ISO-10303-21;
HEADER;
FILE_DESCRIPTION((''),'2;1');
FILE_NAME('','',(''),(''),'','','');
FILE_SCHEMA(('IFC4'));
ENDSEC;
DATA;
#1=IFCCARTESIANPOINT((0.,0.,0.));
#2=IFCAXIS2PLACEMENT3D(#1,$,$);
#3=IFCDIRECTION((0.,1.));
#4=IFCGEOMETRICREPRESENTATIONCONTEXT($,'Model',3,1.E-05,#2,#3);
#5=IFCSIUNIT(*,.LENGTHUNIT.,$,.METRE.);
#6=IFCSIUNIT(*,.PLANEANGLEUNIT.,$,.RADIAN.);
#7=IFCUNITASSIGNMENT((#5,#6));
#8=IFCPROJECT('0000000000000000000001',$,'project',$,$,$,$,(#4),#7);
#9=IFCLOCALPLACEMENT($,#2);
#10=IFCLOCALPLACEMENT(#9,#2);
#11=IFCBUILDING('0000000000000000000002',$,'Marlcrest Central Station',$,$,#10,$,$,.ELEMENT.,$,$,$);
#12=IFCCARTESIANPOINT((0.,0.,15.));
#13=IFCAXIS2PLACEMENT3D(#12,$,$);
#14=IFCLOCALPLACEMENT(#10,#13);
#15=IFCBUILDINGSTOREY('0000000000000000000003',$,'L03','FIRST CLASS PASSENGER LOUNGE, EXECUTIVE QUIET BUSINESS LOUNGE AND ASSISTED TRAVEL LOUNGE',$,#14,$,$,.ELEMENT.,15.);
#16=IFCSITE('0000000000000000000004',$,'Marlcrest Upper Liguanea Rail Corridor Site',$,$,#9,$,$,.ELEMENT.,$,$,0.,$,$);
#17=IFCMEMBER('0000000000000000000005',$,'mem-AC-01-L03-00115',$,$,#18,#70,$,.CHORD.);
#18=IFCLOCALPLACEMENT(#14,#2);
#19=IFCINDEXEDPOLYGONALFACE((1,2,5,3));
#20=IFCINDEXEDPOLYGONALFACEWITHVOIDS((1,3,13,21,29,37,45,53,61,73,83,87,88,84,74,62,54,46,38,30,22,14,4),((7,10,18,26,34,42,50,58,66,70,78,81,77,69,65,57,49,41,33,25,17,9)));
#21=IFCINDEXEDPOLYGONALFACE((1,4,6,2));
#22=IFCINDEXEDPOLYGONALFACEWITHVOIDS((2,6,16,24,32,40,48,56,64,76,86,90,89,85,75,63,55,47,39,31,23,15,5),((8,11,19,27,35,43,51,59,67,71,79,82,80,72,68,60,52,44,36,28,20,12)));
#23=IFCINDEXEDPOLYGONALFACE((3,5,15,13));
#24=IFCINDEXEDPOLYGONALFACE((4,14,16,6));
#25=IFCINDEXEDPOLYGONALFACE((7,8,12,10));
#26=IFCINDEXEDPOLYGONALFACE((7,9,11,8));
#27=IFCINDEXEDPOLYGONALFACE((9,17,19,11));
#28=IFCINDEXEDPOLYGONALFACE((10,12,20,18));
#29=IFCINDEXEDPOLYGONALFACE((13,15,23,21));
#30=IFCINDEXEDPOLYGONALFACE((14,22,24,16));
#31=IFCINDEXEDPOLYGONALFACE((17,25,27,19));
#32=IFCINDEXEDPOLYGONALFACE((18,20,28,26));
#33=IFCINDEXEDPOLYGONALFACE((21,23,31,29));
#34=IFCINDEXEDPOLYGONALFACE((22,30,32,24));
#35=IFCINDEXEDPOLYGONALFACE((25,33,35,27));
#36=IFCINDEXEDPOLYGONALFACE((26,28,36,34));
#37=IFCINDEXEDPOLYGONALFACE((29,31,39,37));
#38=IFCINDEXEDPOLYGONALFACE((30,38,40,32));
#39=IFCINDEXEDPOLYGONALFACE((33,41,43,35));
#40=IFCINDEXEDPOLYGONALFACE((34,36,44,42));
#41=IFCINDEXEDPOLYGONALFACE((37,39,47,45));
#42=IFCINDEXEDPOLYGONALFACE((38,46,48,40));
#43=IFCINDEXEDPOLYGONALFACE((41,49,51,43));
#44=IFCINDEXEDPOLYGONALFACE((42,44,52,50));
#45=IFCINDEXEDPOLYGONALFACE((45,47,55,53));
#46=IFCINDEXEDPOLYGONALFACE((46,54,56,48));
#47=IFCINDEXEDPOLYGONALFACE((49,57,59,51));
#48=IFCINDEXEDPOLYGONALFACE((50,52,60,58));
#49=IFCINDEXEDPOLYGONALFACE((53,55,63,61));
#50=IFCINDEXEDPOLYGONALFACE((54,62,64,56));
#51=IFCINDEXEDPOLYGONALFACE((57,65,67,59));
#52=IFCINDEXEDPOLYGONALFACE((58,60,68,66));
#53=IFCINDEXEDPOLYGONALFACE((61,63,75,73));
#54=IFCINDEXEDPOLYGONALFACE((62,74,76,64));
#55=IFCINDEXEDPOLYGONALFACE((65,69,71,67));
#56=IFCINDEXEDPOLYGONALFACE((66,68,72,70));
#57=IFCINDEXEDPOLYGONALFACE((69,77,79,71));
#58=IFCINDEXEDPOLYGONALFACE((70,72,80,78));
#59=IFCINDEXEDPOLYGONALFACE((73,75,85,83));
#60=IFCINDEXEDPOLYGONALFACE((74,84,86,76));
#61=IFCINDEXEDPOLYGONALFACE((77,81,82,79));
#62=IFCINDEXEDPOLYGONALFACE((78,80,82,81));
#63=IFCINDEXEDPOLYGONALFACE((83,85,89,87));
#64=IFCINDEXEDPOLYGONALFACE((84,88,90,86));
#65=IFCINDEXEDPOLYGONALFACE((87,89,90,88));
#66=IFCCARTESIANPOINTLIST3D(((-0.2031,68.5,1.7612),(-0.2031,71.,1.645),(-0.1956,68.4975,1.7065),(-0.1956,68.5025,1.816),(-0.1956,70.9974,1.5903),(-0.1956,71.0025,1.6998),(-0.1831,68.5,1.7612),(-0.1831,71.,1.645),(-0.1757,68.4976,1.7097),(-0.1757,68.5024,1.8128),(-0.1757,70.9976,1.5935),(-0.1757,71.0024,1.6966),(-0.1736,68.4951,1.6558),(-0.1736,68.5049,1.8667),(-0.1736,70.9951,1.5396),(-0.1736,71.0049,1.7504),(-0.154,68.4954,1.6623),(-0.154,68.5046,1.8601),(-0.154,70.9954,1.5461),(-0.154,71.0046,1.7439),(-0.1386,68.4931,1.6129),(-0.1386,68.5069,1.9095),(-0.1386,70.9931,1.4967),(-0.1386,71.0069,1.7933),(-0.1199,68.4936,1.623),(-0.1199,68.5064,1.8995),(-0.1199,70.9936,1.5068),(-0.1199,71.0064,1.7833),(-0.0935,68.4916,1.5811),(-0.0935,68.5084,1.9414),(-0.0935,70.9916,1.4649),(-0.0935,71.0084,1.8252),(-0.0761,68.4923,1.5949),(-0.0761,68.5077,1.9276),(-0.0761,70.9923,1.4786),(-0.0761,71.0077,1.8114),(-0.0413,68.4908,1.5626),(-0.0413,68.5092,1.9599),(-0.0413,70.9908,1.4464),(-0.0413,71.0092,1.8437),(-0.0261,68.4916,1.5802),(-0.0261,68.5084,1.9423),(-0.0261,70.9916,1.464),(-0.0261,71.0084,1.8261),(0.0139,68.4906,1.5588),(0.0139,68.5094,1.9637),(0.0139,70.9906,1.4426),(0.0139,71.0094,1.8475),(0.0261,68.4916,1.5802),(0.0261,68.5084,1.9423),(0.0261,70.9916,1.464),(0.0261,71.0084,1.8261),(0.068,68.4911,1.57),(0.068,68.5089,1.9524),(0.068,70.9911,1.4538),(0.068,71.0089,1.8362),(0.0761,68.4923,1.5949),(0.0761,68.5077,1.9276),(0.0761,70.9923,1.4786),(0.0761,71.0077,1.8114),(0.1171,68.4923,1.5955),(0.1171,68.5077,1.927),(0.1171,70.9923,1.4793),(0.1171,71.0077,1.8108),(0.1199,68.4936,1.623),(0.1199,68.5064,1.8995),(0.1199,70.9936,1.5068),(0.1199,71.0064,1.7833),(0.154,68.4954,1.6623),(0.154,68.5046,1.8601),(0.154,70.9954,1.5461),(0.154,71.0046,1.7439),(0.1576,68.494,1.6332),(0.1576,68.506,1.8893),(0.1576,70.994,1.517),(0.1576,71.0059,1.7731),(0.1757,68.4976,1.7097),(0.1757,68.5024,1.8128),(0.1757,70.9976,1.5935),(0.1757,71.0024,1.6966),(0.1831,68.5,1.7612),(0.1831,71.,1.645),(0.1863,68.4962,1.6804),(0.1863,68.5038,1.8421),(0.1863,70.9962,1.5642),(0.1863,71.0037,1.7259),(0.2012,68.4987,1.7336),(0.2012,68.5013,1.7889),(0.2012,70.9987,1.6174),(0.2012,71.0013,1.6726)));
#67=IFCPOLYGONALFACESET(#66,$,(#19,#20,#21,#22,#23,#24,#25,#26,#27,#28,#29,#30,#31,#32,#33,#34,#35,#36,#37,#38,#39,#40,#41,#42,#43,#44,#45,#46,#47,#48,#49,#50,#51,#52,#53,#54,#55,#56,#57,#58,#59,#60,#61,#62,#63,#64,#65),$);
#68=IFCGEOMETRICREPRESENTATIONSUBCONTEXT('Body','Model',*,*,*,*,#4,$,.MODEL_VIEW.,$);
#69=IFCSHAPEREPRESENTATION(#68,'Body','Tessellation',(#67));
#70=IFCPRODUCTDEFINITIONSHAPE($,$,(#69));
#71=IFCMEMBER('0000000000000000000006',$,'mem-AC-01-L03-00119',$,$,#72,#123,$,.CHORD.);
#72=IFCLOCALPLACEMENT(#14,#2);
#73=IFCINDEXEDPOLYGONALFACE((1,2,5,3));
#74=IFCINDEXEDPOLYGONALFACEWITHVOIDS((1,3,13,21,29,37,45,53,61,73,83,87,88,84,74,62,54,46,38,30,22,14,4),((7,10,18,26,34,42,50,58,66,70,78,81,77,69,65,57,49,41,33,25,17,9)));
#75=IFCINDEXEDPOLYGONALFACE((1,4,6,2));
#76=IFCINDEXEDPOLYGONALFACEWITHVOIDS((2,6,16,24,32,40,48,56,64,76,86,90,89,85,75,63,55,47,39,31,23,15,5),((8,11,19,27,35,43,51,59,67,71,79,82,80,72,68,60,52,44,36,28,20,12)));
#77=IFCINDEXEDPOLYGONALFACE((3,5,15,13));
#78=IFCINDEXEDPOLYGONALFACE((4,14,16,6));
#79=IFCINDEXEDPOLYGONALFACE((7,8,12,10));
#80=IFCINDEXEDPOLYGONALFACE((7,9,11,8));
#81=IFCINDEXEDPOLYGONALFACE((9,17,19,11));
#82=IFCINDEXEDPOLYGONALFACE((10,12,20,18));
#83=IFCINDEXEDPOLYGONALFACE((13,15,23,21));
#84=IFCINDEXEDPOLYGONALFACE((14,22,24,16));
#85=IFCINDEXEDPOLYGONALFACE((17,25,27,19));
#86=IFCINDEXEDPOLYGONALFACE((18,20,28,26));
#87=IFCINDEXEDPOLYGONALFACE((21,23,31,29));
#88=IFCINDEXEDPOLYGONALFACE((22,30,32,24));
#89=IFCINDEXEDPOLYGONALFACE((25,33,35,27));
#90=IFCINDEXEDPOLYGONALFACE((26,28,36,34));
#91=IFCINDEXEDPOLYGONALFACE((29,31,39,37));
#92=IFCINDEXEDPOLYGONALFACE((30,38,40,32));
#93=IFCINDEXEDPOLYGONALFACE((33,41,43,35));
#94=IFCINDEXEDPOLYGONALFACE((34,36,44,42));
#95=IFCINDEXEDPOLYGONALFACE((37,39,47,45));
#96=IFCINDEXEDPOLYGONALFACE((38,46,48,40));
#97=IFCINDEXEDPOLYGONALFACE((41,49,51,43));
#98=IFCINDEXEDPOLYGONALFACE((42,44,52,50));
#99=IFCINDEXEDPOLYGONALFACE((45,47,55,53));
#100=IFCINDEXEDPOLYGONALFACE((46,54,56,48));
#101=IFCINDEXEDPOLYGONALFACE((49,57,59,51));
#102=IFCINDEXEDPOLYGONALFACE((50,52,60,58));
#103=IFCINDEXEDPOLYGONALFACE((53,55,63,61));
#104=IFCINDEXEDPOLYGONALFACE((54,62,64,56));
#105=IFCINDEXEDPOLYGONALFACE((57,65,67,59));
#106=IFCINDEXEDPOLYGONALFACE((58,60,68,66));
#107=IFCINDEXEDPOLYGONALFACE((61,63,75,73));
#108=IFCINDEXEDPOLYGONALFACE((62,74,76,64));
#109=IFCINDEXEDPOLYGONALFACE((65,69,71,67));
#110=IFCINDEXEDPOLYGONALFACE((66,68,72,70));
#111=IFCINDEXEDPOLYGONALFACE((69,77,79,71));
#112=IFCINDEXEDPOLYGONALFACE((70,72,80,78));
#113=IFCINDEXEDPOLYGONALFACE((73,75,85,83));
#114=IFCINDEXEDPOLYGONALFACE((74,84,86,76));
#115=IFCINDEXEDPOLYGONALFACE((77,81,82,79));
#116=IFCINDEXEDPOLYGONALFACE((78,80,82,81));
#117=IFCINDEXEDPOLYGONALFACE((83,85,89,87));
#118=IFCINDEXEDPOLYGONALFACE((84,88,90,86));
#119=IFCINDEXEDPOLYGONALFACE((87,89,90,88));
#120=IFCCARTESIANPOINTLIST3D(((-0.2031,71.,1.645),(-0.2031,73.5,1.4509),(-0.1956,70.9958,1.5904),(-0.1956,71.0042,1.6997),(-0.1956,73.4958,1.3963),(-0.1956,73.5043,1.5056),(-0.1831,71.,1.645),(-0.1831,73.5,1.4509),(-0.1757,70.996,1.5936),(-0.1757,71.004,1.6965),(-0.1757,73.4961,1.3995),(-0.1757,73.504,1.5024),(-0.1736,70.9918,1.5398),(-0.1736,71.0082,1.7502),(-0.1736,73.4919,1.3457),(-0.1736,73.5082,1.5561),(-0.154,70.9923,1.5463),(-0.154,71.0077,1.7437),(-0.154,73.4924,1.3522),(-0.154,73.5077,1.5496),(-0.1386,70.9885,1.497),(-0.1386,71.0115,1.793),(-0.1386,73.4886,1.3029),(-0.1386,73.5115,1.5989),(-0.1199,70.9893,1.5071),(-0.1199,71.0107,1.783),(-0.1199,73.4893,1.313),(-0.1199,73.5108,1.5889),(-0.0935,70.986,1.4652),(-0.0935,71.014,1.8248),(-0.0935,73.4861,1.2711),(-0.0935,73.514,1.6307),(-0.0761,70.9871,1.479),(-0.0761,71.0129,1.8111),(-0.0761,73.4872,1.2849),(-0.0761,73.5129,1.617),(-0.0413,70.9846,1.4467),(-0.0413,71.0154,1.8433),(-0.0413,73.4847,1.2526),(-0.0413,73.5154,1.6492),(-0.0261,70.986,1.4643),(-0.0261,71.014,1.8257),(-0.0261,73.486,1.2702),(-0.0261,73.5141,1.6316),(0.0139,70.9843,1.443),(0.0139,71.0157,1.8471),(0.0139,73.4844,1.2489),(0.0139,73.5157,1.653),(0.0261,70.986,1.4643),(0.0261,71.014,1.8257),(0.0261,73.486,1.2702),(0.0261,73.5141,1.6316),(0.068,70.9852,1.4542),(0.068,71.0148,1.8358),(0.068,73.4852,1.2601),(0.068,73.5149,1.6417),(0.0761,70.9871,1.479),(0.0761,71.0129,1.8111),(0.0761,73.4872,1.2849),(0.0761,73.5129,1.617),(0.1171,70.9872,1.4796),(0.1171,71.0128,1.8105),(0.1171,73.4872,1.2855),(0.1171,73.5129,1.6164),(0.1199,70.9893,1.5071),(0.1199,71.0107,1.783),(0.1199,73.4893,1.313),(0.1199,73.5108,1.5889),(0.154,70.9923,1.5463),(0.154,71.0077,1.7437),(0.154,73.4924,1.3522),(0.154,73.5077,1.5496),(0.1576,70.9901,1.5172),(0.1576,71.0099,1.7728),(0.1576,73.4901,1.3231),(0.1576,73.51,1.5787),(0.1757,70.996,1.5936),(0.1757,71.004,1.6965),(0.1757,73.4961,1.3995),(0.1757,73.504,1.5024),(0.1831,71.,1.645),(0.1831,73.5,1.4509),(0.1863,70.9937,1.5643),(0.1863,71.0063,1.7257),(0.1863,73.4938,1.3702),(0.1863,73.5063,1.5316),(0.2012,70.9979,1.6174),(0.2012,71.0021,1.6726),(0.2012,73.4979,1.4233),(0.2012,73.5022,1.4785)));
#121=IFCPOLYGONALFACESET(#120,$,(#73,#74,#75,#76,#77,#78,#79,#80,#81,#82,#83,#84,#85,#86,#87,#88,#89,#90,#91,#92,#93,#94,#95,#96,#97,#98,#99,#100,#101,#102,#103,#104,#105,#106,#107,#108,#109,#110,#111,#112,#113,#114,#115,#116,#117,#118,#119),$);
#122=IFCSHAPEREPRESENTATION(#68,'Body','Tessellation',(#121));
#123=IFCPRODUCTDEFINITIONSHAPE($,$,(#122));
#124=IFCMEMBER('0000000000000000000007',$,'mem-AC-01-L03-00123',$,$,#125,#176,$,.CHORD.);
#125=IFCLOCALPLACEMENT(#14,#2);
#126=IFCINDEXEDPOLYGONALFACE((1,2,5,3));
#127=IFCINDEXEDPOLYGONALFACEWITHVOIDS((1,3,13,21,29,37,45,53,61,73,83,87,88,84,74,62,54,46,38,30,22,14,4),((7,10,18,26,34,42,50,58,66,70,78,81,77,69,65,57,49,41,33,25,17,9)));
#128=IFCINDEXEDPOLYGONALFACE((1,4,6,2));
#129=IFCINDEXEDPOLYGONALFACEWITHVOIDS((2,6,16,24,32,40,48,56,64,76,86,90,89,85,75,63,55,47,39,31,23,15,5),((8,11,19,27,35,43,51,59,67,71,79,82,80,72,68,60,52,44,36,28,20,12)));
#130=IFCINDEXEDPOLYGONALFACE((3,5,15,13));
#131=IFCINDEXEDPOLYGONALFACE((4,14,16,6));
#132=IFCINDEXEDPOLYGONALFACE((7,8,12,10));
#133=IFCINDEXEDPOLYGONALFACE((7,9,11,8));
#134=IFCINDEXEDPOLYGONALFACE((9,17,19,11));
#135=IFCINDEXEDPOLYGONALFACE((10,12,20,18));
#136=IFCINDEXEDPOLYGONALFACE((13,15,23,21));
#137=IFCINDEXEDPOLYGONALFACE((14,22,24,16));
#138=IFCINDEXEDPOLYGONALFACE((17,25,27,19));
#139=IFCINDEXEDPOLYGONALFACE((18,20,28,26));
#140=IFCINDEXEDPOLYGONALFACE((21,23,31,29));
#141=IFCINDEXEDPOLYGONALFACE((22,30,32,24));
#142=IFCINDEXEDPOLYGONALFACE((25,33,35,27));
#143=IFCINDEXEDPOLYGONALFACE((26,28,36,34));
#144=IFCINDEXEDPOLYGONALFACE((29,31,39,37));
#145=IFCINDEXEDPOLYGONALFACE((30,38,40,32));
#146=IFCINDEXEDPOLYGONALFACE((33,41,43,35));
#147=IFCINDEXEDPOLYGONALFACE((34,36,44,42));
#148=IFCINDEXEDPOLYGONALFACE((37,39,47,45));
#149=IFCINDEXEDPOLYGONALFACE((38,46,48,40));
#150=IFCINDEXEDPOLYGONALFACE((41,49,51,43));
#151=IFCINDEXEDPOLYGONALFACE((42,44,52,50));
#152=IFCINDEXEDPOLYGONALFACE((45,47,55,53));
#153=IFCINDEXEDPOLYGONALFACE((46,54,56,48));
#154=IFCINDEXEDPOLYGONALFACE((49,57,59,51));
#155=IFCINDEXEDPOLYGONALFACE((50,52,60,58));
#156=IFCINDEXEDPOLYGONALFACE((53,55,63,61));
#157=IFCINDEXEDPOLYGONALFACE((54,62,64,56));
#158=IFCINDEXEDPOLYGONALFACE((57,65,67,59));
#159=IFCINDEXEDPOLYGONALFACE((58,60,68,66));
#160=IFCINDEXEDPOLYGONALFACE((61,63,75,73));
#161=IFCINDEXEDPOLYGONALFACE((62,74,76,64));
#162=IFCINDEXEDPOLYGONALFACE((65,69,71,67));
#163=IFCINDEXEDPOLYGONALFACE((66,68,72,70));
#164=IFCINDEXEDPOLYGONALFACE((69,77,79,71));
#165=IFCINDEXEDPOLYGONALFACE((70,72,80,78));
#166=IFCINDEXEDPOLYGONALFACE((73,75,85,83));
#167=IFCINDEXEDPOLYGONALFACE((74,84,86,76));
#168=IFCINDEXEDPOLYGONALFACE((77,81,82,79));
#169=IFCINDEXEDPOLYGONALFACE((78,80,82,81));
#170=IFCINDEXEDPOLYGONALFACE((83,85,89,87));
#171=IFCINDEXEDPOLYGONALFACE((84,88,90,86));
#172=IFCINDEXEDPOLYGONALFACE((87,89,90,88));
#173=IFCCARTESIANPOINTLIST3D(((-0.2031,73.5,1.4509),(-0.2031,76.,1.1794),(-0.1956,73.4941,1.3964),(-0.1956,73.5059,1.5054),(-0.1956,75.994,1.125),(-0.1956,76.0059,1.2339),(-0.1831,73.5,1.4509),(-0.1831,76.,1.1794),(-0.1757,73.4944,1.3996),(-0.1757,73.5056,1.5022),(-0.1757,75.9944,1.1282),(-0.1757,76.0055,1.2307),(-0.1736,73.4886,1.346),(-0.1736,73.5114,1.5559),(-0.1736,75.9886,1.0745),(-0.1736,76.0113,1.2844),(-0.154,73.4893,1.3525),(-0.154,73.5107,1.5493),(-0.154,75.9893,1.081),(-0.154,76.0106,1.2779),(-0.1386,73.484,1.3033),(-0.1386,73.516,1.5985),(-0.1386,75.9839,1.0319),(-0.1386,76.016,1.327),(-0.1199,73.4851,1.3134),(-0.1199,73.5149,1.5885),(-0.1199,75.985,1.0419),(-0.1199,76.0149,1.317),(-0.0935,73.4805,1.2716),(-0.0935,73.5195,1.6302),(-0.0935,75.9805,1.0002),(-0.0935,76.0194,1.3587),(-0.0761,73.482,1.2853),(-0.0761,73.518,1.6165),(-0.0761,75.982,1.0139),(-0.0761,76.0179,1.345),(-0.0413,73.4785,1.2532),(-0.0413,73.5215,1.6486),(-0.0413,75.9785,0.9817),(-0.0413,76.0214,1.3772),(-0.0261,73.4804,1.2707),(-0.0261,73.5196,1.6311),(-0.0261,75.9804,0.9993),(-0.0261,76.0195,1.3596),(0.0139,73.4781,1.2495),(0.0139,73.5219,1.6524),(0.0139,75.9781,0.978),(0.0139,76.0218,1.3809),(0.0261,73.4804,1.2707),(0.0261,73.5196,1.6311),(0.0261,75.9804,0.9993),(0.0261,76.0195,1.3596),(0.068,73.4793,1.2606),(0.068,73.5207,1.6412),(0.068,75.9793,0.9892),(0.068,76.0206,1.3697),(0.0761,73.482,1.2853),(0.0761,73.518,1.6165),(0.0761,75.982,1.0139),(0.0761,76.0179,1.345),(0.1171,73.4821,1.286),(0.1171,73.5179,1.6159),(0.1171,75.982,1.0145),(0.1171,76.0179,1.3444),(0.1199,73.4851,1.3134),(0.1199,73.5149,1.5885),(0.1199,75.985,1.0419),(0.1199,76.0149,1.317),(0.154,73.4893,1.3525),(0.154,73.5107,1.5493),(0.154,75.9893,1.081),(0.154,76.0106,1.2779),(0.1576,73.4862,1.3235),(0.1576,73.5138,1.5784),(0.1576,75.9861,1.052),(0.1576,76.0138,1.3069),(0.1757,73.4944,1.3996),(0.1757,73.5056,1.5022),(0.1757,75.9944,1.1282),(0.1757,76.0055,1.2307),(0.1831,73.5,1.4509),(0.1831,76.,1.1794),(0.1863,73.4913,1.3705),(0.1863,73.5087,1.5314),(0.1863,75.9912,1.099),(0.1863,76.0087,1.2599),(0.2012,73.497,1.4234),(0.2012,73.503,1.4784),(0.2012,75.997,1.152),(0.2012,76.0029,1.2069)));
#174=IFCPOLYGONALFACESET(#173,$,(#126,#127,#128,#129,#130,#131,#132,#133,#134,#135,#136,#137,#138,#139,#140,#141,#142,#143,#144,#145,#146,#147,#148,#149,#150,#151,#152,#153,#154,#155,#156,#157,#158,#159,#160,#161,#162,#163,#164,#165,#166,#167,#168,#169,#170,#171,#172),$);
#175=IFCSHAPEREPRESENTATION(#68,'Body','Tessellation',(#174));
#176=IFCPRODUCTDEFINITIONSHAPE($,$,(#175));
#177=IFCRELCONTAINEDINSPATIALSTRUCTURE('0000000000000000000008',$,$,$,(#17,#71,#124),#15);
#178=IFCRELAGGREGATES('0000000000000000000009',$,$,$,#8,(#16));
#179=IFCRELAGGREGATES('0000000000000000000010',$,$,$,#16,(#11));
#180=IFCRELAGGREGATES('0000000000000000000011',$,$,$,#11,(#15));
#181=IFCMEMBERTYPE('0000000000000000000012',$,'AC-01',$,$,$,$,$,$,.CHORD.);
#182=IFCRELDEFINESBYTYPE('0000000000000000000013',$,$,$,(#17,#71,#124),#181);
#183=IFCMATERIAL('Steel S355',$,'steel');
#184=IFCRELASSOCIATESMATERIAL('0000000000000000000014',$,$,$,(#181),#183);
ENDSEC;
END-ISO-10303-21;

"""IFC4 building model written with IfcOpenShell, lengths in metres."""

from ifc_helpers import new_model, si_unit, direction, frame, origin, origin_2d, place, context, subcontext, project, spatial, hollow_circle, extrude, material, material_profile, profile_set, type_object, element, save


model = new_model("IFC4")

# Units and contexts
model_context = context("Model", 3, precision=1e-05, world=origin(), true_north=direction((0.0, 1.0)))
body_context = subcontext(model_context, "Body", "Model", "MODEL_VIEW")
ifc_project = project(units=[si_unit("LENGTHUNIT", "METRE"), si_unit("PLANEANGLEUNIT", "RADIAN")], contexts=[model_context])

# Site, building, storey
site_placement = place(None, origin())
site = spatial("IfcSite", under=ifc_project, at=site_placement, Name="Marlcrest Upper Liguanea Rail Corridor Site", CompositionType="ELEMENT", RefElevation=0.0)
building_placement = place(site_placement, origin())
building = spatial("IfcBuilding", under=site, at=building_placement, Name="Marlcrest Central Station", CompositionType="ELEMENT")
storey_placement = place(building_placement, frame((0.0, 0.0, 15.0)))
storey = spatial("IfcBuildingStorey", under=building, at=storey_placement, Name="L03", Description="FIRST CLASS PASSENGER LOUNGE, EXECUTIVE QUIET BUSINESS LOUNGE AND ASSISTED TRAVEL LOUNGE", CompositionType="ELEMENT", Elevation=15.0)

# Members
ifc_material_1 = material(Name="Steel S355", Category="steel")
ifc_material_profile_1 = material_profile(ifc_material_1, hollow_circle(Radius=0.2031, WallThickness=0.02, at=origin_2d()), Name="CHS 406.4x20")
ifc_profile_set_1 = profile_set([ifc_material_profile_1], Name="Steel S355")
member_type_1 = type_object("IfcMemberType", Name="AC-01", PredefinedType="CHORD", material=ifc_profile_set_1)
member_1_placement = place(storey_placement, frame((0.0, 68.5, 1.7612), z_axis=(0.0, 0.998921, -0.046434), x_axis=(-1.0, 0.0, 0.0)))
element("IfcMember", 1, at=member_1_placement, inside=storey, type_object=member_type_1, Name="mem-AC-01-L03-00115", PredefinedType="CHORD", context=body_context, shape_type="SweptSolid", body=[
    extrude(hollow_circle(Radius=0.2031, WallThickness=0.02, at=origin_2d()), origin(), (0.0, 0.0, 1.0), 2.5027),
])
member_2_placement = place(storey_placement, frame((0.0, 71.0, 1.645), z_axis=(0.0, 0.997, -0.077404), x_axis=(-1.0, 0.0, 0.0)))
element("IfcMember", 2, at=member_2_placement, inside=storey, type_object=member_type_1, Name="mem-AC-01-L03-00119", PredefinedType="CHORD", context=body_context, shape_type="SweptSolid", body=[
    extrude(hollow_circle(Radius=0.2031, WallThickness=0.02, at=origin_2d()), origin(), (0.0, 0.0, 1.0), 2.5076),
])
member_3_placement = place(storey_placement, frame((0.0, 73.5, 1.4509), z_axis=(0.0, 0.994155, -0.107959), x_axis=(-1.0, 0.0, 0.0)))
element("IfcMember", 3, at=member_3_placement, inside=storey, type_object=member_type_1, Name="mem-AC-01-L03-00123", PredefinedType="CHORD", context=body_context, shape_type="SweptSolid", body=[
    extrude(hollow_circle(Radius=0.2031, WallThickness=0.02, at=origin_2d()), origin(), (0.0, 0.0, 1.0), 2.5146),
])

save(model, "model.ifc")
